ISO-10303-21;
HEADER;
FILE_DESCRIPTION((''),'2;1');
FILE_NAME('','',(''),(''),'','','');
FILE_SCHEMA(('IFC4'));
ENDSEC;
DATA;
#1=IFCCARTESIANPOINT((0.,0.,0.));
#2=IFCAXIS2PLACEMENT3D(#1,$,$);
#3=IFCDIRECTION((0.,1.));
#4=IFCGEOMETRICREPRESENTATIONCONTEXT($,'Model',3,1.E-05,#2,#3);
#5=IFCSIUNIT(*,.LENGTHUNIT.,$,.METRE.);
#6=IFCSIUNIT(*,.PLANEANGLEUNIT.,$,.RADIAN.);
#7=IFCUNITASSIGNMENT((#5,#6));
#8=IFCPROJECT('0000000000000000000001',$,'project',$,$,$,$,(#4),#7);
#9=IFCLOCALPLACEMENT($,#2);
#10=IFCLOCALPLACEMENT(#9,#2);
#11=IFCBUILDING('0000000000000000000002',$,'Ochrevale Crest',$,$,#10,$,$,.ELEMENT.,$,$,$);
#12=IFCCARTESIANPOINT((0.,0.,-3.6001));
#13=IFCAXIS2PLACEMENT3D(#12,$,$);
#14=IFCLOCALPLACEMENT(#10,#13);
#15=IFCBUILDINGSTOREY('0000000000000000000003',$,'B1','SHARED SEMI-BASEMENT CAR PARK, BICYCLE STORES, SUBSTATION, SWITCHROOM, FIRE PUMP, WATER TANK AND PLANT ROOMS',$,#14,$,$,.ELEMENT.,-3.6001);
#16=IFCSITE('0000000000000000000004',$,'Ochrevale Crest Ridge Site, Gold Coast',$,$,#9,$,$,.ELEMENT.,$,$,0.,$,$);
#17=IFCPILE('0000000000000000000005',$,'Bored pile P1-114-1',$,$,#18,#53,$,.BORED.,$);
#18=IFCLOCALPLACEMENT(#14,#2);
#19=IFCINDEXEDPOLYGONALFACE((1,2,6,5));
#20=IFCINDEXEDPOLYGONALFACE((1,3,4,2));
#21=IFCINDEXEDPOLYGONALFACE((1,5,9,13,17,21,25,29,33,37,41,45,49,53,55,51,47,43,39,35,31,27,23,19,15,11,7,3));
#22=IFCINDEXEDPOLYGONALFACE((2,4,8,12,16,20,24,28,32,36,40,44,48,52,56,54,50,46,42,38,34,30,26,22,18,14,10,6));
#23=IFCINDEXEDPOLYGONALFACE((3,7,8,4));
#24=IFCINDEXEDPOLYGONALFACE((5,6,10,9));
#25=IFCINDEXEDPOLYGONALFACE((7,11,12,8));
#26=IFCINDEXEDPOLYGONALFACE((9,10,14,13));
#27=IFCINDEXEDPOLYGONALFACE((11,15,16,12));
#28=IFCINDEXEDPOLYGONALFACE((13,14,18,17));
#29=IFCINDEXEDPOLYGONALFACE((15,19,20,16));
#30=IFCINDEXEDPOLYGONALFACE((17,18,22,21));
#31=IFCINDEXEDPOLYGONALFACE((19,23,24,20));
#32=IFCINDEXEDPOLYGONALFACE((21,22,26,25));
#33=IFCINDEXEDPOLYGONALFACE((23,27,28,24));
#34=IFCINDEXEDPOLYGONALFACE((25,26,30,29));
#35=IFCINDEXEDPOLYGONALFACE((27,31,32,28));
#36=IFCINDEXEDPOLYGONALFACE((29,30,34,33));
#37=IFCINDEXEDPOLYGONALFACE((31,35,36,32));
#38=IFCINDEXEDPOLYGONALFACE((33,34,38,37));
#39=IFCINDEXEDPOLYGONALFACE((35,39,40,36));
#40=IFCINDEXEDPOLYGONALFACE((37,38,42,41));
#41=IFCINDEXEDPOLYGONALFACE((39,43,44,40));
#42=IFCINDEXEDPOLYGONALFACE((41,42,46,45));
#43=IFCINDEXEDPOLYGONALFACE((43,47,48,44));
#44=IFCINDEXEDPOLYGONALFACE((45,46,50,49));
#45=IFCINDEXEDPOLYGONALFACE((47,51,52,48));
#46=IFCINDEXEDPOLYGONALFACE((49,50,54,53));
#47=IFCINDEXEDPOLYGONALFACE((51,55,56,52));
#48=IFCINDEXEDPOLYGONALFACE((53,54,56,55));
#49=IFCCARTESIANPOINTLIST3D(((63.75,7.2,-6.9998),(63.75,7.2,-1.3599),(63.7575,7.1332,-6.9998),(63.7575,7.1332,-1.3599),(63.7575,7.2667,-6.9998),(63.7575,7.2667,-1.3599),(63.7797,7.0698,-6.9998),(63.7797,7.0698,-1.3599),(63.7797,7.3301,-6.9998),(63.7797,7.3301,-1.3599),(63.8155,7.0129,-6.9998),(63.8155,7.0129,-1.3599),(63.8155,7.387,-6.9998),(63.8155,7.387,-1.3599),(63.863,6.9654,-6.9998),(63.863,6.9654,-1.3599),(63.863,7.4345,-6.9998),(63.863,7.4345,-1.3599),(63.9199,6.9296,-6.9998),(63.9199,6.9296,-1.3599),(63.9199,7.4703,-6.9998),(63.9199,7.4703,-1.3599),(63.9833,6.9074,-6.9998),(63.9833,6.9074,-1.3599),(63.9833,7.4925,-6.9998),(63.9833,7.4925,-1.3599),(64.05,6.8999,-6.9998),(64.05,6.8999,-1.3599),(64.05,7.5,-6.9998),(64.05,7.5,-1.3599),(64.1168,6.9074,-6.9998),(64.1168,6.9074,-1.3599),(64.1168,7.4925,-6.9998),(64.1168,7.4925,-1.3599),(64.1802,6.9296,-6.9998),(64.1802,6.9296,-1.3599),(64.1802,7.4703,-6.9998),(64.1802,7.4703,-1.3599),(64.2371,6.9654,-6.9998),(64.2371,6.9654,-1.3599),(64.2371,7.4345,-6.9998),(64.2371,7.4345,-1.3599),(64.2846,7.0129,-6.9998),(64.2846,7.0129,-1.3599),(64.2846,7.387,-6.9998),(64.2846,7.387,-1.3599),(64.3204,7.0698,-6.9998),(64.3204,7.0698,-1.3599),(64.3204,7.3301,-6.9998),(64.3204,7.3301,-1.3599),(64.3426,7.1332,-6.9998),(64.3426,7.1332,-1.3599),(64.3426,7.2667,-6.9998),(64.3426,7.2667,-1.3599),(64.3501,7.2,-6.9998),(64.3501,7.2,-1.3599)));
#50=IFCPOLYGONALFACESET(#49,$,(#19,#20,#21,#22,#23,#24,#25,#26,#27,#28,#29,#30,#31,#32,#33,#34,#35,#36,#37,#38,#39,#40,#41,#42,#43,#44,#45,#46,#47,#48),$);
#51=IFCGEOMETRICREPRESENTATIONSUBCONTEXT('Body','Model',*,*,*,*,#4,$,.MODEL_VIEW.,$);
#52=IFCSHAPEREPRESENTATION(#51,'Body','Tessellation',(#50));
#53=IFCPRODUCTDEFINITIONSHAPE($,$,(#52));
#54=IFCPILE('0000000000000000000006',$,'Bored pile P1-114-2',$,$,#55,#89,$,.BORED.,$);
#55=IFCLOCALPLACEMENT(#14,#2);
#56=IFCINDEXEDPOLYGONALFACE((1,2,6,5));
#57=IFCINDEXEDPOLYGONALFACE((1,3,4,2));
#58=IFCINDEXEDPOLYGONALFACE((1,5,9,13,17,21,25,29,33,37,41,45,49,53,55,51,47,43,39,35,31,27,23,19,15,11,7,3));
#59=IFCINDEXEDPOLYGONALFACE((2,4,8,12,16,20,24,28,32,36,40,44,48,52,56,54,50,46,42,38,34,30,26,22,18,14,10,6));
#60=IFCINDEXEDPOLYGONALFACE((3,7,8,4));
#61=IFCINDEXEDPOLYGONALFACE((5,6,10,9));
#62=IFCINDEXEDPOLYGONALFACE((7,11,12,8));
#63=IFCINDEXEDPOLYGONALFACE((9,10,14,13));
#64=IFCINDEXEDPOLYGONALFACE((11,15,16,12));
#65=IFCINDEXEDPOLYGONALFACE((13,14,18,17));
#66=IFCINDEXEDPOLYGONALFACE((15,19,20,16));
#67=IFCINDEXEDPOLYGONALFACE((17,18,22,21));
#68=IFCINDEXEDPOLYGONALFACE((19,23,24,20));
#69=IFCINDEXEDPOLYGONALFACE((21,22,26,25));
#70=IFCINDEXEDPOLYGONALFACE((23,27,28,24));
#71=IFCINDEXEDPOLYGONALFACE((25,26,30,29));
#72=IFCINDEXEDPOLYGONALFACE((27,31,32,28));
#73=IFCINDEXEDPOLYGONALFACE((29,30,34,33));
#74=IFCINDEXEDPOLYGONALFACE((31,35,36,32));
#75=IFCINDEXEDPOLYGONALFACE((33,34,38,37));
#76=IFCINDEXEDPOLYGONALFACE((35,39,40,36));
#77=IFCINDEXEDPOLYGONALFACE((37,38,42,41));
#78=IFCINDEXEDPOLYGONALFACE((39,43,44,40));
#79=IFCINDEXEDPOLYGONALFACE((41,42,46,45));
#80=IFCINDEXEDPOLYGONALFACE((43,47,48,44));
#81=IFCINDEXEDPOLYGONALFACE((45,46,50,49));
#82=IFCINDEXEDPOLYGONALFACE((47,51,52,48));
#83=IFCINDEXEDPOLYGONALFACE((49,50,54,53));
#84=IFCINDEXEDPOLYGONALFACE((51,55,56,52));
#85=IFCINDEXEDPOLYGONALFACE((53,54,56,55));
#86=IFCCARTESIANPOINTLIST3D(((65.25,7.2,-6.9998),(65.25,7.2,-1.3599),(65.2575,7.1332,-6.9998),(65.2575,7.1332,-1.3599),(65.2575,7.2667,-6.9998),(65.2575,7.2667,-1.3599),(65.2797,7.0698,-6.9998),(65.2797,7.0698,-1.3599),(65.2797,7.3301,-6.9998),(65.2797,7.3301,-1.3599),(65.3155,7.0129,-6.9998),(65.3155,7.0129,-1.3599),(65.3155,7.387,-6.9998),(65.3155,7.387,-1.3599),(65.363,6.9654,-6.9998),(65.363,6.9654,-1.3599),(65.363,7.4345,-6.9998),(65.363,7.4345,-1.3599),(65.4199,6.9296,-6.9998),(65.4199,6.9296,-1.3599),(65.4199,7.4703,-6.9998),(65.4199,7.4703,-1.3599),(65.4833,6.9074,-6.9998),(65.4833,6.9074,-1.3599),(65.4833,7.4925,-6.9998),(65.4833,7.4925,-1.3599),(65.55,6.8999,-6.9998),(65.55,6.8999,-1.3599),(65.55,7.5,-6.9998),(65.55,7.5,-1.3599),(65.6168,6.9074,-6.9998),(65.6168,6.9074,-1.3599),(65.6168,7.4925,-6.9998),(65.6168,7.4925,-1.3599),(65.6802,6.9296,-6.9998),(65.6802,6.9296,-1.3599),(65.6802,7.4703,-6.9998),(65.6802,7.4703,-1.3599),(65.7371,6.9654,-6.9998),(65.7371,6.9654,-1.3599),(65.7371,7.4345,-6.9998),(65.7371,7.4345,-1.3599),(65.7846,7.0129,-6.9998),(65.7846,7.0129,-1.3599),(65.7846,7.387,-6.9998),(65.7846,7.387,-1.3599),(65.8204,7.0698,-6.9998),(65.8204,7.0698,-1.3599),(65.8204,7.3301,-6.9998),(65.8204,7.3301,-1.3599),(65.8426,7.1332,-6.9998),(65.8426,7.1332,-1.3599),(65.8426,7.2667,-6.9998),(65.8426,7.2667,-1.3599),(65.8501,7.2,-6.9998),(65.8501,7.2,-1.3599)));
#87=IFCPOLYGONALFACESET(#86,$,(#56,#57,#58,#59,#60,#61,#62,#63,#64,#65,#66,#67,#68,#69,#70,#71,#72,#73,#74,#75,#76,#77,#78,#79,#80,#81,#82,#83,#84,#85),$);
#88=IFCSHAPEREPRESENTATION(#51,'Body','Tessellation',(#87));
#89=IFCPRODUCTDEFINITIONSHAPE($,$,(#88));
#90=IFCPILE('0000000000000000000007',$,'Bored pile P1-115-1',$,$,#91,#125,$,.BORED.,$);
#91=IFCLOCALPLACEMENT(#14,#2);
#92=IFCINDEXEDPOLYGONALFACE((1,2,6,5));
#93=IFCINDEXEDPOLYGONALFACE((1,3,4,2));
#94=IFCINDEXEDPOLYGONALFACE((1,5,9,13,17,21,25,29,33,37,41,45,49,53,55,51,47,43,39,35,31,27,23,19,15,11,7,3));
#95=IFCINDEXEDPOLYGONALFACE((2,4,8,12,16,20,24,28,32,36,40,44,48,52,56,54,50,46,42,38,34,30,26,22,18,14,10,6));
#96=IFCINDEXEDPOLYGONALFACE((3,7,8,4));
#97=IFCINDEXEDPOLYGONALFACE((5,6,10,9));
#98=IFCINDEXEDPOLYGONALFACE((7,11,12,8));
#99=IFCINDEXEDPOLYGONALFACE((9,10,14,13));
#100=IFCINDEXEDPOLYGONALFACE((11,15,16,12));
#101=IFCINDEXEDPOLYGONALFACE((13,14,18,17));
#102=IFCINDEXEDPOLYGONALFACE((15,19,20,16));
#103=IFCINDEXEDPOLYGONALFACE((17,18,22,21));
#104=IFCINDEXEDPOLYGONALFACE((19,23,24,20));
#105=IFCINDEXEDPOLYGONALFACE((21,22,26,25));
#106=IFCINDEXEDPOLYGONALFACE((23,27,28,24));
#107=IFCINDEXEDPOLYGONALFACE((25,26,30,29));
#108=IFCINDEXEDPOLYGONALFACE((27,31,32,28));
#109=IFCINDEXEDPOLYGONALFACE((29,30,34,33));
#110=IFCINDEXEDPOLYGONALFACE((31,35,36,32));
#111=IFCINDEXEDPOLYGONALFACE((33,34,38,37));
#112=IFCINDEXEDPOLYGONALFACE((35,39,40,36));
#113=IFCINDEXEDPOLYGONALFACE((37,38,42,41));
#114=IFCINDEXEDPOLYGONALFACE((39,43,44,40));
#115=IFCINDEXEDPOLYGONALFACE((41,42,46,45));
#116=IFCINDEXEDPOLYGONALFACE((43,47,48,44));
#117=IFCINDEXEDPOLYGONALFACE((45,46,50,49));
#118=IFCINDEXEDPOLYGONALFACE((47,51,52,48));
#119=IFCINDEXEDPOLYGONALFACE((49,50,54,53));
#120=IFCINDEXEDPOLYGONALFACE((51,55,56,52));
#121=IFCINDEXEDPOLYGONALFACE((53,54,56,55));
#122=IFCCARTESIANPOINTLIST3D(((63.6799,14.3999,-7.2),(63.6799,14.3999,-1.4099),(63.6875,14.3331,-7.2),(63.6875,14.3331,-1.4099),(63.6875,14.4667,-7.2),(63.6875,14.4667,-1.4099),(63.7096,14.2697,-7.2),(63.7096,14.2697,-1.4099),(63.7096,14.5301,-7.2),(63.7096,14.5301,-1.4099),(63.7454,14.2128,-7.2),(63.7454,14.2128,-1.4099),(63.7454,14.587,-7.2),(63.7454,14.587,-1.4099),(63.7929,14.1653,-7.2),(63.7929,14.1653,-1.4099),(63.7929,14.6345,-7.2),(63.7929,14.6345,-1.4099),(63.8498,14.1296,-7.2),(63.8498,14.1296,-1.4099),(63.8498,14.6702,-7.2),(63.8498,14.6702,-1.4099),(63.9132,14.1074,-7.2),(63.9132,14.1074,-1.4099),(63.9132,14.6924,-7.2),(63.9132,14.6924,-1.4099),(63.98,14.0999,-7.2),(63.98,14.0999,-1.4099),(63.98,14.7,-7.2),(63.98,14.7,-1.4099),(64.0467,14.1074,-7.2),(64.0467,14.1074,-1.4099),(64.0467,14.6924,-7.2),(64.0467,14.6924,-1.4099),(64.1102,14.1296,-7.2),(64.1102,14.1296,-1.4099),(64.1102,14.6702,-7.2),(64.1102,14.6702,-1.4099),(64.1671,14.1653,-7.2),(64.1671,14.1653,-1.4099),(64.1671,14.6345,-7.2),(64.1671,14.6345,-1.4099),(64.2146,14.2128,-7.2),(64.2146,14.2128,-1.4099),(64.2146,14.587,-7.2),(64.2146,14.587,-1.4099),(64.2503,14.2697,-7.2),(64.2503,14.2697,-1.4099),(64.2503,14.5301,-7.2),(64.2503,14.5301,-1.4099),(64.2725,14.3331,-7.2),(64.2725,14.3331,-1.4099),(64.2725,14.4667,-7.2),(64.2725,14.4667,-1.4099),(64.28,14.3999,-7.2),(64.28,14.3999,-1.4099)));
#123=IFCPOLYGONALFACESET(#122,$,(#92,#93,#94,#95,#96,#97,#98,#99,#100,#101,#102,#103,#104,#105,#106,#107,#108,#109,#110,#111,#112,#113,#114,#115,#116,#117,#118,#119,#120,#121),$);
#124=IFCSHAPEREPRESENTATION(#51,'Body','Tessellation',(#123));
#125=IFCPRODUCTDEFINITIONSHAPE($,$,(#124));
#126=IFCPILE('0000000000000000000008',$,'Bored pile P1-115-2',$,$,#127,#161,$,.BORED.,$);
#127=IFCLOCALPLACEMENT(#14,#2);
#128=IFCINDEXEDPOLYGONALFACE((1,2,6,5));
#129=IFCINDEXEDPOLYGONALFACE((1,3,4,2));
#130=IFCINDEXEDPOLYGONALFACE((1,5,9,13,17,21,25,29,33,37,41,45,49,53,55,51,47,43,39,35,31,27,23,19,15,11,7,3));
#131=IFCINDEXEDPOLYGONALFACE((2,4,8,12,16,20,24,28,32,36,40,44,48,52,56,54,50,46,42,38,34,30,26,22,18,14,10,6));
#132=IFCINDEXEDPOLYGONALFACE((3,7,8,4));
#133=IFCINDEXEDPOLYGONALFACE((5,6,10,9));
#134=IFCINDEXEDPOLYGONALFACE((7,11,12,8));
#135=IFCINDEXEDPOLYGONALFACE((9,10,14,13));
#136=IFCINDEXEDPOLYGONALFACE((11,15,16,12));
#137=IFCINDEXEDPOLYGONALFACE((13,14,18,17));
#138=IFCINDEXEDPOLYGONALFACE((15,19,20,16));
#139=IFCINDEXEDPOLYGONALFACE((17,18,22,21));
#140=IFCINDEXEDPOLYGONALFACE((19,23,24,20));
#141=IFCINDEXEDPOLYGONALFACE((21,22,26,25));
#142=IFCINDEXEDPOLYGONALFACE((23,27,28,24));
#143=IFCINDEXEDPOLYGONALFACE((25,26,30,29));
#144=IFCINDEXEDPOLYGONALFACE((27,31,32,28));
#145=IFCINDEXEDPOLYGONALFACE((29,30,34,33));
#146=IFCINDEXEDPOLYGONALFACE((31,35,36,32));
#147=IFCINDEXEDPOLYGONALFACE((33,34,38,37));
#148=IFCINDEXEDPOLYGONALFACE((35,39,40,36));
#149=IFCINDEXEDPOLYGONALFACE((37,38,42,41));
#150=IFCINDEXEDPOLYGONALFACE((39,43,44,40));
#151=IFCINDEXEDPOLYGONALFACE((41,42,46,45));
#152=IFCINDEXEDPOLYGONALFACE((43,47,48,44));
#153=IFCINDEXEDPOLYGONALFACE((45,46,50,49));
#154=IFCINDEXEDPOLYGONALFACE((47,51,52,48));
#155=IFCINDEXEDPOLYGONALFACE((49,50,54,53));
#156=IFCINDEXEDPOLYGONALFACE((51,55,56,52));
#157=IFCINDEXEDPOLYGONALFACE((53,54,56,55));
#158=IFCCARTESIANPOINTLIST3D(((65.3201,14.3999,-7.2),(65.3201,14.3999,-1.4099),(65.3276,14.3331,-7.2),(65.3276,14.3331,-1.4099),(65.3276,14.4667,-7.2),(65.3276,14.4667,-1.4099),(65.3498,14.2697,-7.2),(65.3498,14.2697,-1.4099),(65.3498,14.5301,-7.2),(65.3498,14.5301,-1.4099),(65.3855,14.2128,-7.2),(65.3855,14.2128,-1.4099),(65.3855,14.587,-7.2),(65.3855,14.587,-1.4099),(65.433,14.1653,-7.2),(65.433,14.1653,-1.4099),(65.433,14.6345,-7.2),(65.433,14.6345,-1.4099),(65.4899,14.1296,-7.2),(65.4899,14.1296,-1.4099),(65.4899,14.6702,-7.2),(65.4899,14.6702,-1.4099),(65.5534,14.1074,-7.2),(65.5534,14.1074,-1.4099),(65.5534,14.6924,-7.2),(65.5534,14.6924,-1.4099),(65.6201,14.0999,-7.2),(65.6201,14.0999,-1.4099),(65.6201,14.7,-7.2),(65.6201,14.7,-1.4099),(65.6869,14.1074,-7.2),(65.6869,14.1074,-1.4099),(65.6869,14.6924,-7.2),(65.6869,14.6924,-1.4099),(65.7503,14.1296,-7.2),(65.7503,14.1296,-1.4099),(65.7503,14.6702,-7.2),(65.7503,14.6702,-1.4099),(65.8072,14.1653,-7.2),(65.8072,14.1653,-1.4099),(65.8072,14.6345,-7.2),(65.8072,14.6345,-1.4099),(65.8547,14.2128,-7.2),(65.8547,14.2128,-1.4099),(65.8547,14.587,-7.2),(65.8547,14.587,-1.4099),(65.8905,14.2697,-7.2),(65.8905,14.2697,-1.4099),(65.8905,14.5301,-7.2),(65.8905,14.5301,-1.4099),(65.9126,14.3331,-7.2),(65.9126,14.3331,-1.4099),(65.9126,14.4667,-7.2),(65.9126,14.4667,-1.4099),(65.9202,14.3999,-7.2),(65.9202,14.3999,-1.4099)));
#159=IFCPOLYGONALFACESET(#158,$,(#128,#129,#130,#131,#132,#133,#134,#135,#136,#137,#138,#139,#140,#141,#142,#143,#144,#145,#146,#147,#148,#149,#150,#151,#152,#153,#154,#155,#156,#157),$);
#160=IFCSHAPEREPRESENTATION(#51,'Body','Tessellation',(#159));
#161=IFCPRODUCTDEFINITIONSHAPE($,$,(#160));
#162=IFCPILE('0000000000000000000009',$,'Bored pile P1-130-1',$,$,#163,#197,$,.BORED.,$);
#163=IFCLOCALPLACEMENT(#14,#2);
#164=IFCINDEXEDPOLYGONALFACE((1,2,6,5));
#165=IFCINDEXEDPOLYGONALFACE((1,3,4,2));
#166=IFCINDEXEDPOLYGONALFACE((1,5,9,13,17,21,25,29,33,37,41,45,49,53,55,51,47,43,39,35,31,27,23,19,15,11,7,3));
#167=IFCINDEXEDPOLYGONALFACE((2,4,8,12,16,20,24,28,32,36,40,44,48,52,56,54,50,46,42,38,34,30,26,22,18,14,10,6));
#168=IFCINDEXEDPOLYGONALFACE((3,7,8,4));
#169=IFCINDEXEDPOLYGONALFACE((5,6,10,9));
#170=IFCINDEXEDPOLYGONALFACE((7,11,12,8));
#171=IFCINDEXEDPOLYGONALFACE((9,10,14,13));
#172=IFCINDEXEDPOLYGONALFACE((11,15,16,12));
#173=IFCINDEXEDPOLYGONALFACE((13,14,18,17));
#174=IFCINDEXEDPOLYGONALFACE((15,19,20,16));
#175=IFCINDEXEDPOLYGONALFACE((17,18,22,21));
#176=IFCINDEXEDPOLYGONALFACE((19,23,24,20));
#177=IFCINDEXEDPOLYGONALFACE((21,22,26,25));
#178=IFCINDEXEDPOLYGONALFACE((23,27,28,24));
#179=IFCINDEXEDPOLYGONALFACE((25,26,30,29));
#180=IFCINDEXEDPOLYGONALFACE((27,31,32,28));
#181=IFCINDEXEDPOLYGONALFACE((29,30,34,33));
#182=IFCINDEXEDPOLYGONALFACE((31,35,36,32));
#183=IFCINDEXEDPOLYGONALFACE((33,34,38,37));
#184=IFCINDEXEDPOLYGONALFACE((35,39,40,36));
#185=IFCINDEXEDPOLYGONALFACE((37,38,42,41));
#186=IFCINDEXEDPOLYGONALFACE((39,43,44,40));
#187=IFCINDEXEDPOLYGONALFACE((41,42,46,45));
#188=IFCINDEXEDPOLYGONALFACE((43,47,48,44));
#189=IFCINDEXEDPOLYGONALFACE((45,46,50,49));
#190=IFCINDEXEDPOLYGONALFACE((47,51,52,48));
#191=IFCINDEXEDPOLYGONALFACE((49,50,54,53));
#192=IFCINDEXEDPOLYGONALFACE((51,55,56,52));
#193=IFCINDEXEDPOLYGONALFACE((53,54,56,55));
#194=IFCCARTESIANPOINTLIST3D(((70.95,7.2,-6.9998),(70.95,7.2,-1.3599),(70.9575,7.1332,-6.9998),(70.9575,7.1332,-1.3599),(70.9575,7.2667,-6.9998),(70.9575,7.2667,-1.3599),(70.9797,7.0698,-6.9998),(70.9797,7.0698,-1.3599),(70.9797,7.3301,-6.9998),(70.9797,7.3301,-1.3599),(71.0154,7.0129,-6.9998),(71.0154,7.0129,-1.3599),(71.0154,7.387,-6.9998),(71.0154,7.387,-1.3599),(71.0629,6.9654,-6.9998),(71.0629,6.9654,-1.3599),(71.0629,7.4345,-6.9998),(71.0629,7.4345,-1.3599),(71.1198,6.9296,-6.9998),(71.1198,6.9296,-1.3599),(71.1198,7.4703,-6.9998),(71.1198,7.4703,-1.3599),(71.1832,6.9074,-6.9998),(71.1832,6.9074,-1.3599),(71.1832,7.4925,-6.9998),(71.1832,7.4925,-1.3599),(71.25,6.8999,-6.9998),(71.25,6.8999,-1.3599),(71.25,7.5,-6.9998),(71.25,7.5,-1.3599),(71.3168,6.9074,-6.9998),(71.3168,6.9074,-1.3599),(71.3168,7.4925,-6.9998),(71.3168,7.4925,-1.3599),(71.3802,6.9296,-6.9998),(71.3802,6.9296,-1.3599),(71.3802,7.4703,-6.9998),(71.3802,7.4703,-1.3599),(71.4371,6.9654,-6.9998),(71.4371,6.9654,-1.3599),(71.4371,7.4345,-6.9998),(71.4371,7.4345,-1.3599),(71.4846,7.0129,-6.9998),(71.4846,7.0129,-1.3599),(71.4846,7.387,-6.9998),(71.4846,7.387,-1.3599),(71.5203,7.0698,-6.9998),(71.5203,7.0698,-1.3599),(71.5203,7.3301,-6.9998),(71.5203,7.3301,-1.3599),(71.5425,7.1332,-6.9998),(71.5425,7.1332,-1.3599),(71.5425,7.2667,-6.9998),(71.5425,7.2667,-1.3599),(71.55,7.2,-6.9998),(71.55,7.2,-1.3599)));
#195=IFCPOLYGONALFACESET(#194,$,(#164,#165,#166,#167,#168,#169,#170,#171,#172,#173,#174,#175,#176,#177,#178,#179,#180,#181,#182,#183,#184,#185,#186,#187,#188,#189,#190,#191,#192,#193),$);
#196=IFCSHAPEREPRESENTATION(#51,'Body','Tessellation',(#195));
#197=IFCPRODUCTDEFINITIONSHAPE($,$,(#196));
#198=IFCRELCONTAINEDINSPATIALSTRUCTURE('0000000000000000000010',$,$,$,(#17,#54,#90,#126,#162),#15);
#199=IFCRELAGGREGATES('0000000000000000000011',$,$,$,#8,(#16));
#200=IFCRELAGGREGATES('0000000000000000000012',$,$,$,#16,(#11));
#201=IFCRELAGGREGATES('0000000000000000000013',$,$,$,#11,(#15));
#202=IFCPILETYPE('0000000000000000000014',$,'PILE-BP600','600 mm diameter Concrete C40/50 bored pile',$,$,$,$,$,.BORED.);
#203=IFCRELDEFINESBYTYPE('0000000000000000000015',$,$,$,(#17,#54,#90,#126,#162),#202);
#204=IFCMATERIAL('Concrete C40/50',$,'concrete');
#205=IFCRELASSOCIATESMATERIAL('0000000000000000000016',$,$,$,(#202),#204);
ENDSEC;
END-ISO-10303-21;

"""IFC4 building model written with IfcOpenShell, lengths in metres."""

from ifc_helpers import new_model, si_unit, direction, frame, origin, origin_2d, place, context, subcontext, project, spatial, circle, extrude, material, material_profile, profile_set, type_object, element, save


model = new_model("IFC4")

# Units and contexts
model_context = context("Model", 3, precision=1e-05, world=origin(), true_north=direction((0.0, 1.0)))
body_context = subcontext(model_context, "Body", "Model", "MODEL_VIEW")
ifc_project = project(units=[si_unit("LENGTHUNIT", "METRE"), si_unit("PLANEANGLEUNIT", "RADIAN")], contexts=[model_context])

# Site, building, storey
site_placement = place(None, origin())
site = spatial("IfcSite", under=ifc_project, at=site_placement, Name="Ochrevale Crest Ridge Site, Gold Coast", CompositionType="ELEMENT", RefElevation=0.0)
building_placement = place(site_placement, origin())
building = spatial("IfcBuilding", under=site, at=building_placement, Name="Ochrevale Crest", CompositionType="ELEMENT")
storey_placement = place(building_placement, frame((0.0, 0.0, -3.6001)))
storey = spatial("IfcBuildingStorey", under=building, at=storey_placement, Name="B1", Description="SHARED SEMI-BASEMENT CAR PARK, BICYCLE STORES, SUBSTATION, SWITCHROOM, FIRE PUMP, WATER TANK AND PLANT ROOMS", CompositionType="ELEMENT", Elevation=-3.6001)

# Shared definitions
ifc_material_1 = material(Name="Concrete C40/50", Category="concrete")

# Piles
ifc_material_profile_1 = material_profile(ifc_material_1, circle(Radius=0.3, at=origin_2d()), Name="BORED PILE 600")
ifc_profile_set_1 = profile_set([ifc_material_profile_1], Name="Concrete C40/50")
pile_type = type_object("IfcPileType", Name="PILE-BP600", Description="600 mm diameter Concrete C40/50 bored pile", PredefinedType="BORED", material=ifc_profile_set_1)
for number, where, z_axis, x_axis, name in (
    (1, (64.05, 7.2, -1.3599), (0.0, 0.0, -1.0), (1.0, 0.0, 0.0), "Bored pile P1-114-1"),
    (2, (65.55, 7.2, -1.3599), (0.0, 0.0, -1.0), (1.0, 0.0, 0.0), "Bored pile P1-114-2"),
):
    element("IfcPile", number, at=place(storey_placement, frame(where, z_axis=z_axis, x_axis=x_axis)), inside=storey, type_object=pile_type, Name=name, PredefinedType="BORED", context=body_context, shape_type="SweptSolid", body=[
        extrude(circle(Radius=0.3, at=origin_2d()), origin(), (0.0, 0.0, 1.0), 5.6399),
    ])
for number, where, z_axis, x_axis, name in (
    (3, (63.98, 14.3999, -1.4099), (0.0, 0.0, -1.0), (1.0, 0.0, 0.0), "Bored pile P1-115-1"),
    (4, (65.6201, 14.3999, -1.4099), (0.0, 0.0, -1.0), (1.0, 0.0, 0.0), "Bored pile P1-115-2"),
):
    element("IfcPile", number, at=place(storey_placement, frame(where, z_axis=z_axis, x_axis=x_axis)), inside=storey, type_object=pile_type, Name=name, PredefinedType="BORED", context=body_context, shape_type="SweptSolid", body=[
        extrude(circle(Radius=0.3, at=origin_2d()), origin(), (0.0, 0.0, 1.0), 5.79),
    ])
pile_1_placement = place(storey_placement, frame((71.25, 7.2, -1.3599), z_axis=(0.0, 0.0, -1.0), x_axis=(1.0, 0.0, 0.0)))
element("IfcPile", 5, at=pile_1_placement, inside=storey, type_object=pile_type, Name="Bored pile P1-130-1", PredefinedType="BORED", context=body_context, shape_type="SweptSolid", body=[
    extrude(circle(Radius=0.3, at=origin_2d()), origin(), (0.0, 0.0, 1.0), 5.6399),
])

save(model, "model.ifc")
